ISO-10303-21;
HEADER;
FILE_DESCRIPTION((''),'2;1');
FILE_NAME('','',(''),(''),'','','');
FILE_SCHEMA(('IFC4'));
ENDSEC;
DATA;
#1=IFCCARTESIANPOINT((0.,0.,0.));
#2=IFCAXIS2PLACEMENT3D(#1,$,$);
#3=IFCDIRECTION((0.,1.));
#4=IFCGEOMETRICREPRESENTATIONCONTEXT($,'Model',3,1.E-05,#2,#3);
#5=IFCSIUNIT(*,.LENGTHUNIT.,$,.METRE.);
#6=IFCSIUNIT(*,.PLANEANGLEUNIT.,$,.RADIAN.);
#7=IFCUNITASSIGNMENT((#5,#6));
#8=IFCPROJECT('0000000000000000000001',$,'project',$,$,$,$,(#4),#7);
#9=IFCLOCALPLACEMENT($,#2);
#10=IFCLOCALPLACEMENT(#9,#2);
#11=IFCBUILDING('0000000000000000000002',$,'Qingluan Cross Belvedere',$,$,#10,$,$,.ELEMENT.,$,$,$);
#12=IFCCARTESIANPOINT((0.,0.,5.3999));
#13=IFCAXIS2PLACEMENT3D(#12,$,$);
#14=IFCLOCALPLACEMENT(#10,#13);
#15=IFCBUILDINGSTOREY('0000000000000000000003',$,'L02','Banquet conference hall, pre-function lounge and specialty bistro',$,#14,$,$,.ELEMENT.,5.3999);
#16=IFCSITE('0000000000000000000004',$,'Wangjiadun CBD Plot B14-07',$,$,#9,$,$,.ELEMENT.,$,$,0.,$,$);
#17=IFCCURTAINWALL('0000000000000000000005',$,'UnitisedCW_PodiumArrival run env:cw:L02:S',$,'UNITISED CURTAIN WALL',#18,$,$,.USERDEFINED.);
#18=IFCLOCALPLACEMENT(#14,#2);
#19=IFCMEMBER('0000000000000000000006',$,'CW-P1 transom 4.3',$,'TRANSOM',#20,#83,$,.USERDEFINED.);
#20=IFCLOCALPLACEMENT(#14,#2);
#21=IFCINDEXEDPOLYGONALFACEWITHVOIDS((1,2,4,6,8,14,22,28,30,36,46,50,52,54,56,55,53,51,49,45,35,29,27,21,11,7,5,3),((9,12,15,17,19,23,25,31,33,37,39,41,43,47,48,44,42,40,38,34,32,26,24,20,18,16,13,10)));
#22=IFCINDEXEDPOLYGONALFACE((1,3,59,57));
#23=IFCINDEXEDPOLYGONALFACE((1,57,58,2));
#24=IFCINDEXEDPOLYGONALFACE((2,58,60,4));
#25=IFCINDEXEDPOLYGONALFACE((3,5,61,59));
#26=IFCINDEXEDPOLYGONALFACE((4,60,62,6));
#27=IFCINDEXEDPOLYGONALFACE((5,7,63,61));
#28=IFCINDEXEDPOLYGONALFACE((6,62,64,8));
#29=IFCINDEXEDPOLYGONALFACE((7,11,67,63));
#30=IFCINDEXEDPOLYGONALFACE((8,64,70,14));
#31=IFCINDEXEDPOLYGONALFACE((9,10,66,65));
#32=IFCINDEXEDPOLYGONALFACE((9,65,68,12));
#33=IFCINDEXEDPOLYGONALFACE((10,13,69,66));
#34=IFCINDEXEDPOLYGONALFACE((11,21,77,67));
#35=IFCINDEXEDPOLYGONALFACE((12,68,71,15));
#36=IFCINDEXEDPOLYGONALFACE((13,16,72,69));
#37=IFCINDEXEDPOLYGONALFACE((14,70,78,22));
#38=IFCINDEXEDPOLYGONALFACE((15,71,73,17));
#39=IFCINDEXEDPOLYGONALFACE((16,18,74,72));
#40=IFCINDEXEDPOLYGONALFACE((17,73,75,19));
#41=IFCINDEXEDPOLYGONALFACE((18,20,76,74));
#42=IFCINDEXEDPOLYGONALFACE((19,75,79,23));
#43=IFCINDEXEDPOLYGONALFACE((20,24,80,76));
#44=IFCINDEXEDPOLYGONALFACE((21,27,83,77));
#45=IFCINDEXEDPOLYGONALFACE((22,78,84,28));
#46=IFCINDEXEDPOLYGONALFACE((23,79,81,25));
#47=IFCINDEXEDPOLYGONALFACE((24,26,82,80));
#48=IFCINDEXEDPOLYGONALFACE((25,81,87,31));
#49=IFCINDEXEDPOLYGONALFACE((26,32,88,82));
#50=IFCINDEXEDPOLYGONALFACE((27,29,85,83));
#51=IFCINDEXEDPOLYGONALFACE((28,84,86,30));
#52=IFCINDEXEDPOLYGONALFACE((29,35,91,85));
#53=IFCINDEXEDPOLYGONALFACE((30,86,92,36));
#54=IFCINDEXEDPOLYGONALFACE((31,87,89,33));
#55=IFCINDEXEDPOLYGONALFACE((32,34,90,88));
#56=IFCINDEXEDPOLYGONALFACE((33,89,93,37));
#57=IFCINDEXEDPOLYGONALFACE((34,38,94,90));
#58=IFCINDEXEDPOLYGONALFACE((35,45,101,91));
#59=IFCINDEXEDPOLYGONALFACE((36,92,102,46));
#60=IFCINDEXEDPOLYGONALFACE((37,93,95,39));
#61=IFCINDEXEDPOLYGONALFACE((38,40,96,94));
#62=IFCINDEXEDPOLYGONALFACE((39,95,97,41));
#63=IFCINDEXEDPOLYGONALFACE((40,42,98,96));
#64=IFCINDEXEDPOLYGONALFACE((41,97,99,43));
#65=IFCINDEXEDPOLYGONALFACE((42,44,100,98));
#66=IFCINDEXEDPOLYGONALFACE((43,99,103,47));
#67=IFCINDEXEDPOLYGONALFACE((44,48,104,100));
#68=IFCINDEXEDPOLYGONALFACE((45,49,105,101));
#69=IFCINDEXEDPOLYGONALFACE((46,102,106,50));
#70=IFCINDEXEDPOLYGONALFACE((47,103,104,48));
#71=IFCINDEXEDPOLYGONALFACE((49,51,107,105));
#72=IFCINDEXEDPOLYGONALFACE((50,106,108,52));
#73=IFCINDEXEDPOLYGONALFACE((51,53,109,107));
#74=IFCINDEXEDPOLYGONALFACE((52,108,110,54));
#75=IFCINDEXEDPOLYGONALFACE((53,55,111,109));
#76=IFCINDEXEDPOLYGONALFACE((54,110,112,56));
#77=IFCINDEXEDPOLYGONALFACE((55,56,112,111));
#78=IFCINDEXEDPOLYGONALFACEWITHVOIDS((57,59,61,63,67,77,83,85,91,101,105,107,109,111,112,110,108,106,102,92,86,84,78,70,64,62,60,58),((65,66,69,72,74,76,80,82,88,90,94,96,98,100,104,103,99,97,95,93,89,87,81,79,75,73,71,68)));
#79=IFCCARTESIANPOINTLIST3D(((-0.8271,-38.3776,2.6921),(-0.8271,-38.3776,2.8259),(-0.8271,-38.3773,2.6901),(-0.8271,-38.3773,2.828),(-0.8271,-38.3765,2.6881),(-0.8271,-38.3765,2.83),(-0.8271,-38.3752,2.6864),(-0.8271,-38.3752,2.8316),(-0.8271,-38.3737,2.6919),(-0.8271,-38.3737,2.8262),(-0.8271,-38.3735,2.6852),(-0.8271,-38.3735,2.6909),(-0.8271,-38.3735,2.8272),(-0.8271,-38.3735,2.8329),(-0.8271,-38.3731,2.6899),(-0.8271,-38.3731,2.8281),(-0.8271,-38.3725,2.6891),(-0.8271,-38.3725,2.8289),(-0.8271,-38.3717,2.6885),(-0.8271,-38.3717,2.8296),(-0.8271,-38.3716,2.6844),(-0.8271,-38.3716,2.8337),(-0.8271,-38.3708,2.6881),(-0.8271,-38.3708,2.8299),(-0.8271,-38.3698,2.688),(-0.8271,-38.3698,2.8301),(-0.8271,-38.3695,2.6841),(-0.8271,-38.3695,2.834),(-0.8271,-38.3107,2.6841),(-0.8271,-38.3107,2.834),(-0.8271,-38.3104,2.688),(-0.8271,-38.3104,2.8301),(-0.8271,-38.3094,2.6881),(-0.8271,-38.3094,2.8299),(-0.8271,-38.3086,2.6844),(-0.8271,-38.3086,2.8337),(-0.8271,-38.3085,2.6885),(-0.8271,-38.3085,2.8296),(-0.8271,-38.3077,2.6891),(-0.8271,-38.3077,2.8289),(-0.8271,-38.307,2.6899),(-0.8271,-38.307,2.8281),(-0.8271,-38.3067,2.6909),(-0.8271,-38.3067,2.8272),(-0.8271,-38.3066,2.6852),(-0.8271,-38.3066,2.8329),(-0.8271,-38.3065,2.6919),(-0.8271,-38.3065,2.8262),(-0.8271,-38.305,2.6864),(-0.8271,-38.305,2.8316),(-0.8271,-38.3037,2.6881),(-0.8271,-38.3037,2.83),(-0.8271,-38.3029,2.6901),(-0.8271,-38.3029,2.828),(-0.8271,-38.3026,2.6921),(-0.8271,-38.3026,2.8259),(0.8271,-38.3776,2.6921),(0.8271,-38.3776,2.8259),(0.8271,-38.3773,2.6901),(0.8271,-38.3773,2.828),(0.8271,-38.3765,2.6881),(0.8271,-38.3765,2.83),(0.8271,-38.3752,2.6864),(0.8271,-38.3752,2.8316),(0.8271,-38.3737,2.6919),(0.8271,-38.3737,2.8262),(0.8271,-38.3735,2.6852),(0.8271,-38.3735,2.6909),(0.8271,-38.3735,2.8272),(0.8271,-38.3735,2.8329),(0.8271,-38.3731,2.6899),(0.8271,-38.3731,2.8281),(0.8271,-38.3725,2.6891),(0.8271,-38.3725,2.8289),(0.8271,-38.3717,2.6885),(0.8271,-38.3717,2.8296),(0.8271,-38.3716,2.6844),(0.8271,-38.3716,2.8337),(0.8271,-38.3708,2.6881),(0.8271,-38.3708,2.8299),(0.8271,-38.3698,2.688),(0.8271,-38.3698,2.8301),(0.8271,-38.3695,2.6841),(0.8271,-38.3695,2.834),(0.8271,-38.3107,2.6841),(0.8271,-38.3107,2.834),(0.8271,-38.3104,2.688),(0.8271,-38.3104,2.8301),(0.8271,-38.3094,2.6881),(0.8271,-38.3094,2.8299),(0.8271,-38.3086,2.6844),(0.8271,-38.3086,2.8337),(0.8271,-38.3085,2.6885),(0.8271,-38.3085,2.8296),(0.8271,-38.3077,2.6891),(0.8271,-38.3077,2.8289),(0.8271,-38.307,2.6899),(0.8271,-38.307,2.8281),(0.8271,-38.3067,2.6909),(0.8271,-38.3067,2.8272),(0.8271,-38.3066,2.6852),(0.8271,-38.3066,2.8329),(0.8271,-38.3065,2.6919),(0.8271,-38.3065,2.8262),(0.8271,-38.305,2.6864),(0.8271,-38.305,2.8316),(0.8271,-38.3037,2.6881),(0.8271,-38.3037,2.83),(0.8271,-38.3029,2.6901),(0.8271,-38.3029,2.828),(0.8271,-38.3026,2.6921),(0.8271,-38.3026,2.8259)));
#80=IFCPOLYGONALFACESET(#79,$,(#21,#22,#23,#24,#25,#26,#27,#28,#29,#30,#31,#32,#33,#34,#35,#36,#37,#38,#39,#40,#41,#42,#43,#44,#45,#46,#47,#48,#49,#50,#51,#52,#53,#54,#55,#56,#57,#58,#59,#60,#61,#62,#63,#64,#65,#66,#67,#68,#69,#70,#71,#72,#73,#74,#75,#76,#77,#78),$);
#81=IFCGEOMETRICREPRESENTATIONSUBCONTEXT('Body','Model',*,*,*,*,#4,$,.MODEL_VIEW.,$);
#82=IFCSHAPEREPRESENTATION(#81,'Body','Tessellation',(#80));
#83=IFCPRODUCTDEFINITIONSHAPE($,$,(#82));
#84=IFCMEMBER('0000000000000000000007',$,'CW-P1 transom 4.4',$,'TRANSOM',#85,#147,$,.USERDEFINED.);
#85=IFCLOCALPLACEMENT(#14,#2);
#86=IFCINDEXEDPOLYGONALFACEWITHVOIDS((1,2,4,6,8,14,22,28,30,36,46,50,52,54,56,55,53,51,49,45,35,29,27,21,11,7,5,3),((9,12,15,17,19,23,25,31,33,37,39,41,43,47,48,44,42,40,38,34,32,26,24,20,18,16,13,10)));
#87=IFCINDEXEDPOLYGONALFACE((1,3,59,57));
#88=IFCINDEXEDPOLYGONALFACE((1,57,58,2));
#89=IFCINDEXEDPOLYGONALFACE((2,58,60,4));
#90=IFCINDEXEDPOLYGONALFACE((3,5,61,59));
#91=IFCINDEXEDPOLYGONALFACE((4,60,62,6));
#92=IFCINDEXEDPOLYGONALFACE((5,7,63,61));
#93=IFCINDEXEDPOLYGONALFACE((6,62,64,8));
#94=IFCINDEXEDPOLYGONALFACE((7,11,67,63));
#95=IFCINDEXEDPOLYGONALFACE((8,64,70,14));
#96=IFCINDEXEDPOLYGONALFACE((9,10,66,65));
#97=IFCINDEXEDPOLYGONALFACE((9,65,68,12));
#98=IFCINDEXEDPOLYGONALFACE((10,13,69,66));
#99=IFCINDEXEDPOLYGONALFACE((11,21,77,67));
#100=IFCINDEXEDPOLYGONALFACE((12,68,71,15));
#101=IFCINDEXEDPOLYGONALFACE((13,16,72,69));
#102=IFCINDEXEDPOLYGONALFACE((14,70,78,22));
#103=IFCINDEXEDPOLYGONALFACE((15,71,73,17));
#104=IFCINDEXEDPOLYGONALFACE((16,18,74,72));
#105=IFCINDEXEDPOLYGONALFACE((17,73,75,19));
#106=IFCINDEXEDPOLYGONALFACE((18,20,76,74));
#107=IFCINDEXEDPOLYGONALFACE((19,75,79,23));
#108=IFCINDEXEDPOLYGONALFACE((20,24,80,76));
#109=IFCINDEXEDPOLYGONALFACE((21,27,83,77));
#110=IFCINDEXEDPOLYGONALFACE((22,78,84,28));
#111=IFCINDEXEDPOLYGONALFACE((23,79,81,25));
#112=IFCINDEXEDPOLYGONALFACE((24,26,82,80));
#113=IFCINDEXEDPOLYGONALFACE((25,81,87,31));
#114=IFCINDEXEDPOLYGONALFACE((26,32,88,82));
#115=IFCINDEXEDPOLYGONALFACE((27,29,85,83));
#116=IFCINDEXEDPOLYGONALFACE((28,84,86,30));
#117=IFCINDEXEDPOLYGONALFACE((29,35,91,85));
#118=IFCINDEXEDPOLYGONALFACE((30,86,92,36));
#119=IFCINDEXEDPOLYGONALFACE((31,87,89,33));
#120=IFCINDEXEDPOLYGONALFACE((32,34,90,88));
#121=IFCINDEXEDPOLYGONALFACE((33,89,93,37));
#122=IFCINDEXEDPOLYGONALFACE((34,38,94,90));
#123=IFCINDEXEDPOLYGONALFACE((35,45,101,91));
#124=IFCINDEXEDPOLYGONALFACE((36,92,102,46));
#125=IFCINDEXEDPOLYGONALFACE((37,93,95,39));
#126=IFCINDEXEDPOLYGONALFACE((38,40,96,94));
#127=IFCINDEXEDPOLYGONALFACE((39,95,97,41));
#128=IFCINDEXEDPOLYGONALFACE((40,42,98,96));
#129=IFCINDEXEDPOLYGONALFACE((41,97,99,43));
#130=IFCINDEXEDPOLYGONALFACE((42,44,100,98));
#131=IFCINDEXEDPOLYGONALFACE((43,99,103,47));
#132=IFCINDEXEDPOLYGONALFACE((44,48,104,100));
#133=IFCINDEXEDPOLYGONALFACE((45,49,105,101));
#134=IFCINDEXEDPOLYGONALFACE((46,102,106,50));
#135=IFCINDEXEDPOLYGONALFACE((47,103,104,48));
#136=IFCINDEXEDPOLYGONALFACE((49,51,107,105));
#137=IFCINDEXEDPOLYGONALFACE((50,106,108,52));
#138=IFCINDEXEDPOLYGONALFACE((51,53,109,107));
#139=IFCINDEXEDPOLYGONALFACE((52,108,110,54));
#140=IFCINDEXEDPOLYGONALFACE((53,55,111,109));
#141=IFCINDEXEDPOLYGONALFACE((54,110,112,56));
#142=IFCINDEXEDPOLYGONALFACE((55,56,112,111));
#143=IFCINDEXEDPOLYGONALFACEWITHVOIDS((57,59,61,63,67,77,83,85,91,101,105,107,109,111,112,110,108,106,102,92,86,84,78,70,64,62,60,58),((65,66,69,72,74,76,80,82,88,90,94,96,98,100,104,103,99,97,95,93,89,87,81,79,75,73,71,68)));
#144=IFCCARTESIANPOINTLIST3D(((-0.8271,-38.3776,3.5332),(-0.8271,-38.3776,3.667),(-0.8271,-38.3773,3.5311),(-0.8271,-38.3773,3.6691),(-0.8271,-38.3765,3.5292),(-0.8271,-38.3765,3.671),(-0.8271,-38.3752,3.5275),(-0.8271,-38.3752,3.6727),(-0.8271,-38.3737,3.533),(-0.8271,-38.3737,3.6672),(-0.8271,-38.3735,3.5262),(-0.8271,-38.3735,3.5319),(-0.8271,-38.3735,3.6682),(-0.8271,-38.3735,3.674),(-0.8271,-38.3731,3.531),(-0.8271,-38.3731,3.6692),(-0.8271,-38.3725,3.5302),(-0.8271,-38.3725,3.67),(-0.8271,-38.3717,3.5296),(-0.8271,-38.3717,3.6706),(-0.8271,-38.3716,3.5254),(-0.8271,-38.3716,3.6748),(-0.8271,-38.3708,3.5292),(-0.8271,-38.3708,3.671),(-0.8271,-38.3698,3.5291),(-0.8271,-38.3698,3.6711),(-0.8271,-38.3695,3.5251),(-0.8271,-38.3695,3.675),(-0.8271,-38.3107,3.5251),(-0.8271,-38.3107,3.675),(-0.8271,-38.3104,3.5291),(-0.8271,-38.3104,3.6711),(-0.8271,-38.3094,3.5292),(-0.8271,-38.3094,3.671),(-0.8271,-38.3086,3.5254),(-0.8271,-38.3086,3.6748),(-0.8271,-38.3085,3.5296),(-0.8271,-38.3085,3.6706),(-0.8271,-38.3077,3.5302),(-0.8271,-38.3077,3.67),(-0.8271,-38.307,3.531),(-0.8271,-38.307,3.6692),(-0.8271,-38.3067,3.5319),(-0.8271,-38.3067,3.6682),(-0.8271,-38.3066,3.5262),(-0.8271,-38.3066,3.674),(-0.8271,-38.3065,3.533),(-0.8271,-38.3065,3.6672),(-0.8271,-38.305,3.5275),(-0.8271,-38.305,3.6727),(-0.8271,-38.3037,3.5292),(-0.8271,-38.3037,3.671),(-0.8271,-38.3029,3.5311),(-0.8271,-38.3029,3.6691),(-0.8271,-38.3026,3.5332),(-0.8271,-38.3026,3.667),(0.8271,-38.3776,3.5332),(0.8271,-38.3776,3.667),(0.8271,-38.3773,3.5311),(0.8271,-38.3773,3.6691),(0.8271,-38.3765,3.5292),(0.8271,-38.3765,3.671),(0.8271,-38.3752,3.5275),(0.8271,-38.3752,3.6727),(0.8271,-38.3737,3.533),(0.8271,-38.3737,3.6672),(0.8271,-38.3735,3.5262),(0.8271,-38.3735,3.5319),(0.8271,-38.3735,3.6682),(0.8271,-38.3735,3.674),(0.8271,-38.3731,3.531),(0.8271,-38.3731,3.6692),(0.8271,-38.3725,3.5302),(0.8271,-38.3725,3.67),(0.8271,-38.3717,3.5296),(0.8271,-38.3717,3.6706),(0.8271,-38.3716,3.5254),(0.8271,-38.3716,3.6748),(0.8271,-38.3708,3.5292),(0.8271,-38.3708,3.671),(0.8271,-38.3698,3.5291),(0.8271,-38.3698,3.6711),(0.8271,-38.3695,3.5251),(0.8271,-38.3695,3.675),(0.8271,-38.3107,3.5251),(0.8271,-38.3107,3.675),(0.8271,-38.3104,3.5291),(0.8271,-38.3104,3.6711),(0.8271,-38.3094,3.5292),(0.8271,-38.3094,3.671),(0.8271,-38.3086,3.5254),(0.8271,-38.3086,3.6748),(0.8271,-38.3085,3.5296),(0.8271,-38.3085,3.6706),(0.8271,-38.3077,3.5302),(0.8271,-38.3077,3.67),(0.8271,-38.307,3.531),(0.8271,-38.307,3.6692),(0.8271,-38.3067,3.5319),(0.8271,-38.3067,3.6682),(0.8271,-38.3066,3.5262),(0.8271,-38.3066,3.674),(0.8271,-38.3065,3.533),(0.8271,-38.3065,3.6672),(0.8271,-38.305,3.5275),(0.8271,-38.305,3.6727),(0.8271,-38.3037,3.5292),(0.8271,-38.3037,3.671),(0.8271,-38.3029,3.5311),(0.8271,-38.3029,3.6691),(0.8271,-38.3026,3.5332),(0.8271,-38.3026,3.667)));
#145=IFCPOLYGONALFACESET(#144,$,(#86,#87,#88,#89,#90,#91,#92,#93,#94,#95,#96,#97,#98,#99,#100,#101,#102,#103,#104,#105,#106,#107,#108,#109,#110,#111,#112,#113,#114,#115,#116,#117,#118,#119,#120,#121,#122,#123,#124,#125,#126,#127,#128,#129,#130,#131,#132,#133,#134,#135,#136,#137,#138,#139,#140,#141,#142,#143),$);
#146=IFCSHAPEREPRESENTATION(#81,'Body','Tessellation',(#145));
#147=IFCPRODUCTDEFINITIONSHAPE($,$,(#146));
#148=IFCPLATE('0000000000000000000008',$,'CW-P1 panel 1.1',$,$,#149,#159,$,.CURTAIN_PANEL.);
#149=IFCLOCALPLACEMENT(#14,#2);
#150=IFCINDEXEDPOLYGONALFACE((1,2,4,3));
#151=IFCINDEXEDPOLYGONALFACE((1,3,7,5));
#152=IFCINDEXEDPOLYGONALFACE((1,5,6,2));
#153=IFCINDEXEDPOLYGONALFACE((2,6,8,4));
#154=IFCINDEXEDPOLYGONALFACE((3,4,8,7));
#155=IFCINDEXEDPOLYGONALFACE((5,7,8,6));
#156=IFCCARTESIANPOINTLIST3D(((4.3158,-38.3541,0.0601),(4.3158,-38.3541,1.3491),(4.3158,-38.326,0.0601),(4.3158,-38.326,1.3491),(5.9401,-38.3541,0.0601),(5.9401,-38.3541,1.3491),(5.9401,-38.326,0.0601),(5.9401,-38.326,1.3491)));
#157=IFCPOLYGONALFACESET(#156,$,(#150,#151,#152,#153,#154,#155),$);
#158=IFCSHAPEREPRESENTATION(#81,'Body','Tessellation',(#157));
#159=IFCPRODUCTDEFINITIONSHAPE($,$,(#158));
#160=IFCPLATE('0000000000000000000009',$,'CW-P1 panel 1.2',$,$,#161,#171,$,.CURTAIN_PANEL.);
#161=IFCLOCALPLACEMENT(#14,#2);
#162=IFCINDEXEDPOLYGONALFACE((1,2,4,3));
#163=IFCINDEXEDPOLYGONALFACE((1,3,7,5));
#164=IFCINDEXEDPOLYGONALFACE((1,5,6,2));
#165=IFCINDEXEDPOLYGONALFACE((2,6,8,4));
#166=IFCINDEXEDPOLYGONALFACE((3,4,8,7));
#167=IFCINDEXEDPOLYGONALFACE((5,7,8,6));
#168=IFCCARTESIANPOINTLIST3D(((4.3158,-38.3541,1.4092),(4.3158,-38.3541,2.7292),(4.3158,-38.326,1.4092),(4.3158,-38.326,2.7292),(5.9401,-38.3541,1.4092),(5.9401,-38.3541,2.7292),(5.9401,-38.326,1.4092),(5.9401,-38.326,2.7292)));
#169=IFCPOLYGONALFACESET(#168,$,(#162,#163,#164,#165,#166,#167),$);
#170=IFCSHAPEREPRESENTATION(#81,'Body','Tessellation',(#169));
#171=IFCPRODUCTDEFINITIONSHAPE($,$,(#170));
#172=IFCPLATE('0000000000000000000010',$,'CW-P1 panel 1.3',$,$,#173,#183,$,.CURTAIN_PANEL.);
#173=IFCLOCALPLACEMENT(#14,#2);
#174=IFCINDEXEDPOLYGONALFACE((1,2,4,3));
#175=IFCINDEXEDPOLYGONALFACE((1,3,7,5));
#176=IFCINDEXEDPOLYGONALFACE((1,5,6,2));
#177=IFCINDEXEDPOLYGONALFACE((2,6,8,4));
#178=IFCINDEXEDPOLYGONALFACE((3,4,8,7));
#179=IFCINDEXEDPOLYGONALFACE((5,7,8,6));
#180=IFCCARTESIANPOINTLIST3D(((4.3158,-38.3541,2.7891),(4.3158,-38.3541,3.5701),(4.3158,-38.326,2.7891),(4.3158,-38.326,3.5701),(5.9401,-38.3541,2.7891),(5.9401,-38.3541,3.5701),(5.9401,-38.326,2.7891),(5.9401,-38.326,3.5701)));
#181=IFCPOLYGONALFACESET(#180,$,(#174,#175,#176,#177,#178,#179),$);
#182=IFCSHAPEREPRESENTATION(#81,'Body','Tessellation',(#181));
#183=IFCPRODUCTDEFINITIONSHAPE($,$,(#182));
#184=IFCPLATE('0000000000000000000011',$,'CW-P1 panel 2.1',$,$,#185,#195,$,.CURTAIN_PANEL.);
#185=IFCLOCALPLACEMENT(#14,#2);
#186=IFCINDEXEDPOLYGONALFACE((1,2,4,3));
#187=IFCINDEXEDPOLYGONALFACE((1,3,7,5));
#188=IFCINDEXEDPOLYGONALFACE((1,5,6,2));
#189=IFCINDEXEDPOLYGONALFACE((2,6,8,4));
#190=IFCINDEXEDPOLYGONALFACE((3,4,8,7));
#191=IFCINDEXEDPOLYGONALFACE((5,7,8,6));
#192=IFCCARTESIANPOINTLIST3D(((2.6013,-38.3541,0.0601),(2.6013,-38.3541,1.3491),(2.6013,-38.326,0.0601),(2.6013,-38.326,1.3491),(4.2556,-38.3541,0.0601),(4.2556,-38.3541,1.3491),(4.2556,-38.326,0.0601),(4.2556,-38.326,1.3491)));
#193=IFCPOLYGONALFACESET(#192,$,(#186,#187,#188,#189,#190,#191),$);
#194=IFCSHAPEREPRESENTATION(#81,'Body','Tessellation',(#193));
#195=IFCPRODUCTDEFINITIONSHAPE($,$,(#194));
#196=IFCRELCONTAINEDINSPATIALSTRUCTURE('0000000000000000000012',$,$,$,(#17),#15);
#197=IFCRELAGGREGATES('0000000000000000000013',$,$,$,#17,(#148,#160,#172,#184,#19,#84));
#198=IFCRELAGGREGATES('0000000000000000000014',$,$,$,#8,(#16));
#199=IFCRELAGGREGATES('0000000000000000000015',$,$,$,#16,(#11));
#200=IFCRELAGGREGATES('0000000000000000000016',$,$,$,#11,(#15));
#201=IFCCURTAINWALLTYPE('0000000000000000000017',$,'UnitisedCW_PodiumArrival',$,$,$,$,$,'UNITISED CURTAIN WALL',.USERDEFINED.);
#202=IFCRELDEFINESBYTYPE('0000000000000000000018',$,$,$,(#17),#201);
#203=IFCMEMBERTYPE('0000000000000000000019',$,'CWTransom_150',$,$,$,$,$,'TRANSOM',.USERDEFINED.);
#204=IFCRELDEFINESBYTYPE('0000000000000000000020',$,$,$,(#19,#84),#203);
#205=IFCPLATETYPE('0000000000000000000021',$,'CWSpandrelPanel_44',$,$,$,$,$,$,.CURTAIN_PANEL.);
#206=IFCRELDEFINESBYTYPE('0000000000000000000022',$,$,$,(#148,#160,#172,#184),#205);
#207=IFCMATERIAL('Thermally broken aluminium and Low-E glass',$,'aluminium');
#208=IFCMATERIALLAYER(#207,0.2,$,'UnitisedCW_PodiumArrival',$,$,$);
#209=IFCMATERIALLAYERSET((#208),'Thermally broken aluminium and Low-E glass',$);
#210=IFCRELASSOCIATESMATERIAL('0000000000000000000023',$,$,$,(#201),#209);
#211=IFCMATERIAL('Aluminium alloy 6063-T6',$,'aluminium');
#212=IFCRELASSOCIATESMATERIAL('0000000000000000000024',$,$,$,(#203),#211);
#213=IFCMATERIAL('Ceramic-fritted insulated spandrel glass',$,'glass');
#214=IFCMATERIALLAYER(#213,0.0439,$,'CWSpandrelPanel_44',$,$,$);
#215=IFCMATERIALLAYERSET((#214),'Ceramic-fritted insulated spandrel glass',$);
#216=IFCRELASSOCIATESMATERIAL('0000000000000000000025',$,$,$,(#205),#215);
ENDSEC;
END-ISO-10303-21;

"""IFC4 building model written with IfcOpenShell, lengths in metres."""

from ifc_helpers import new_model, si_unit, direction, frame, origin, origin_2d, place, context, subcontext, project, spatial, rectangle, hollow_rectangle, extrude, material, layer, layer_set, material_profile, profile_set, type_object, element, aggregate, save


model = new_model("IFC4")

# Units and contexts
model_context = context("Model", 3, precision=1e-05, world=origin(), true_north=direction((0.0, 1.0)))
body_context = subcontext(model_context, "Body", "Model", "MODEL_VIEW")
ifc_project = project(units=[si_unit("LENGTHUNIT", "METRE"), si_unit("PLANEANGLEUNIT", "RADIAN")], contexts=[model_context])

# Site, building, storey
site_placement = place(None, origin())
site = spatial("IfcSite", under=ifc_project, at=site_placement, Name="Wangjiadun CBD Plot B14-07", CompositionType="ELEMENT", RefElevation=0.0)
building_placement = place(site_placement, origin())
building = spatial("IfcBuilding", under=site, at=building_placement, Name="Qingluan Cross Belvedere", CompositionType="ELEMENT")
storey_placement = place(building_placement, frame((0.0, 0.0, 5.3999)))
storey = spatial("IfcBuildingStorey", under=building, at=storey_placement, Name="L02", Description="Banquet conference hall, pre-function lounge and specialty bistro", CompositionType="ELEMENT", Elevation=5.3999)

# Curtain wall, members, plates
ifc_material_1 = material(Name="Thermally broken aluminium and Low-E glass", Category="aluminium")
ifc_layer_1 = layer(ifc_material_1, 0.2, Name="UnitisedCW_PodiumArrival")
ifc_layer_set_1 = layer_set([ifc_layer_1], Name="Thermally broken aluminium and Low-E glass")
curtain_wall_type = type_object("IfcCurtainWallType", Name="UnitisedCW_PodiumArrival", ElementType="UNITISED CURTAIN WALL", PredefinedType="USERDEFINED", material=ifc_layer_set_1)
curtain_wall_placement = place(storey_placement, origin())
curtain_wall = element("IfcCurtainWall", 1, at=curtain_wall_placement, inside=storey, type_object=curtain_wall_type, Name="UnitisedCW_PodiumArrival run env:cw:L02:S", ObjectType="UNITISED CURTAIN WALL", PredefinedType="USERDEFINED")
ifc_material_2 = material(Name="Aluminium alloy 6063-T6", Category="aluminium")
ifc_material_profile_1 = material_profile(ifc_material_2, hollow_rectangle(XDim=0.075, YDim=0.1499, WallThickness=0.0039, InnerFilletRadius=0.0039, OuterFilletRadius=0.0081, at=origin_2d()), Name="CWT150x75x4")
ifc_profile_set_1 = profile_set([ifc_material_profile_1], Name="Aluminium alloy 6063-T6")
member_type_1 = type_object("IfcMemberType", Name="CWTransom_150", ElementType="TRANSOM", PredefinedType="USERDEFINED", material=ifc_profile_set_1)
member_1_placement = place(storey_placement, frame((0.8271, -38.3401, 2.759), z_axis=(-1.0, 0.0, 0.0), x_axis=(0.0, -1.0, 0.0)))
member_1 = element("IfcMember", 2, at=member_1_placement, type_object=member_type_1, Name="CW-P1 transom 4.3", ObjectType="TRANSOM", PredefinedType="USERDEFINED", context=body_context, shape_type="SweptSolid", body=[
    extrude(hollow_rectangle(XDim=0.075, YDim=0.1499, WallThickness=0.0039, InnerFilletRadius=0.0039, OuterFilletRadius=0.0081, at=origin_2d()), origin(), (0.0, 0.0, 1.0), 1.6543),
])
member_2_placement = place(storey_placement, frame((0.8271, -38.3401, 3.6001), z_axis=(-1.0, 0.0, 0.0), x_axis=(0.0, -1.0, 0.0)))
member_2 = element("IfcMember", 3, at=member_2_placement, type_object=member_type_1, Name="CW-P1 transom 4.4", ObjectType="TRANSOM", PredefinedType="USERDEFINED", context=body_context, shape_type="SweptSolid", body=[
    extrude(hollow_rectangle(XDim=0.075, YDim=0.1499, WallThickness=0.0039, InnerFilletRadius=0.0039, OuterFilletRadius=0.0081, at=origin_2d()), origin(), (0.0, 0.0, 1.0), 1.6543),
])
ifc_material_3 = material(Name="Ceramic-fritted insulated spandrel glass", Category="glass")
ifc_layer_2 = layer(ifc_material_3, 0.0439, Name="CWSpandrelPanel_44")
ifc_layer_set_2 = layer_set([ifc_layer_2], Name="Ceramic-fritted insulated spandrel glass")
plate_type = type_object("IfcPlateType", Name="CWSpandrelPanel_44", PredefinedType="CURTAIN_PANEL", material=ifc_layer_set_2)
plate_1_placement = place(storey_placement, frame((5.1279, -38.3401, 0.0601), z_axis=(0.0, 0.0, 1.0), x_axis=(-1.0, 0.0, 0.0)))
plate_1 = element("IfcPlate", 4, at=plate_1_placement, type_object=plate_type, Name="CW-P1 panel 1.1", PredefinedType="CURTAIN_PANEL", context=body_context, shape_type="SweptSolid", body=[
    extrude(rectangle(XDim=1.6243, YDim=0.0281, at=origin_2d()), origin(), (0.0, 0.0, 1.0), 1.2891),
])
plate_2_placement = place(storey_placement, frame((5.1279, -38.3401, 1.4092), z_axis=(0.0, 0.0, 1.0), x_axis=(-1.0, 0.0, 0.0)))
plate_2 = element("IfcPlate", 5, at=plate_2_placement, type_object=plate_type, Name="CW-P1 panel 1.2", PredefinedType="CURTAIN_PANEL", context=body_context, shape_type="SweptSolid", body=[
    extrude(rectangle(XDim=1.6243, YDim=0.0281, at=origin_2d()), origin(), (0.0, 0.0, 1.0), 1.3201),
])
plate_3_placement = place(storey_placement, frame((5.1279, -38.3401, 2.7891), z_axis=(0.0, 0.0, 1.0), x_axis=(-1.0, 0.0, 0.0)))
plate_3 = element("IfcPlate", 6, at=plate_3_placement, type_object=plate_type, Name="CW-P1 panel 1.3", PredefinedType="CURTAIN_PANEL", context=body_context, shape_type="SweptSolid", body=[
    extrude(rectangle(XDim=1.6243, YDim=0.0281, at=origin_2d()), origin(), (0.0, 0.0, 1.0), 0.781),
])
plate_4_placement = place(storey_placement, frame((3.4285, -38.3401, 0.0601), z_axis=(0.0, 0.0, 1.0), x_axis=(-1.0, 0.0, 0.0)))
plate_4 = element("IfcPlate", 7, at=plate_4_placement, type_object=plate_type, Name="CW-P1 panel 2.1", PredefinedType="CURTAIN_PANEL", context=body_context, shape_type="SweptSolid", body=[
    extrude(rectangle(XDim=1.6543, YDim=0.0281, at=origin_2d()), origin(), (0.0, 0.0, 1.0), 1.2891),
])
aggregate(curtain_wall, [plate_1, plate_2, plate_3, plate_4, member_1, member_2])

save(model, "model.ifc")
